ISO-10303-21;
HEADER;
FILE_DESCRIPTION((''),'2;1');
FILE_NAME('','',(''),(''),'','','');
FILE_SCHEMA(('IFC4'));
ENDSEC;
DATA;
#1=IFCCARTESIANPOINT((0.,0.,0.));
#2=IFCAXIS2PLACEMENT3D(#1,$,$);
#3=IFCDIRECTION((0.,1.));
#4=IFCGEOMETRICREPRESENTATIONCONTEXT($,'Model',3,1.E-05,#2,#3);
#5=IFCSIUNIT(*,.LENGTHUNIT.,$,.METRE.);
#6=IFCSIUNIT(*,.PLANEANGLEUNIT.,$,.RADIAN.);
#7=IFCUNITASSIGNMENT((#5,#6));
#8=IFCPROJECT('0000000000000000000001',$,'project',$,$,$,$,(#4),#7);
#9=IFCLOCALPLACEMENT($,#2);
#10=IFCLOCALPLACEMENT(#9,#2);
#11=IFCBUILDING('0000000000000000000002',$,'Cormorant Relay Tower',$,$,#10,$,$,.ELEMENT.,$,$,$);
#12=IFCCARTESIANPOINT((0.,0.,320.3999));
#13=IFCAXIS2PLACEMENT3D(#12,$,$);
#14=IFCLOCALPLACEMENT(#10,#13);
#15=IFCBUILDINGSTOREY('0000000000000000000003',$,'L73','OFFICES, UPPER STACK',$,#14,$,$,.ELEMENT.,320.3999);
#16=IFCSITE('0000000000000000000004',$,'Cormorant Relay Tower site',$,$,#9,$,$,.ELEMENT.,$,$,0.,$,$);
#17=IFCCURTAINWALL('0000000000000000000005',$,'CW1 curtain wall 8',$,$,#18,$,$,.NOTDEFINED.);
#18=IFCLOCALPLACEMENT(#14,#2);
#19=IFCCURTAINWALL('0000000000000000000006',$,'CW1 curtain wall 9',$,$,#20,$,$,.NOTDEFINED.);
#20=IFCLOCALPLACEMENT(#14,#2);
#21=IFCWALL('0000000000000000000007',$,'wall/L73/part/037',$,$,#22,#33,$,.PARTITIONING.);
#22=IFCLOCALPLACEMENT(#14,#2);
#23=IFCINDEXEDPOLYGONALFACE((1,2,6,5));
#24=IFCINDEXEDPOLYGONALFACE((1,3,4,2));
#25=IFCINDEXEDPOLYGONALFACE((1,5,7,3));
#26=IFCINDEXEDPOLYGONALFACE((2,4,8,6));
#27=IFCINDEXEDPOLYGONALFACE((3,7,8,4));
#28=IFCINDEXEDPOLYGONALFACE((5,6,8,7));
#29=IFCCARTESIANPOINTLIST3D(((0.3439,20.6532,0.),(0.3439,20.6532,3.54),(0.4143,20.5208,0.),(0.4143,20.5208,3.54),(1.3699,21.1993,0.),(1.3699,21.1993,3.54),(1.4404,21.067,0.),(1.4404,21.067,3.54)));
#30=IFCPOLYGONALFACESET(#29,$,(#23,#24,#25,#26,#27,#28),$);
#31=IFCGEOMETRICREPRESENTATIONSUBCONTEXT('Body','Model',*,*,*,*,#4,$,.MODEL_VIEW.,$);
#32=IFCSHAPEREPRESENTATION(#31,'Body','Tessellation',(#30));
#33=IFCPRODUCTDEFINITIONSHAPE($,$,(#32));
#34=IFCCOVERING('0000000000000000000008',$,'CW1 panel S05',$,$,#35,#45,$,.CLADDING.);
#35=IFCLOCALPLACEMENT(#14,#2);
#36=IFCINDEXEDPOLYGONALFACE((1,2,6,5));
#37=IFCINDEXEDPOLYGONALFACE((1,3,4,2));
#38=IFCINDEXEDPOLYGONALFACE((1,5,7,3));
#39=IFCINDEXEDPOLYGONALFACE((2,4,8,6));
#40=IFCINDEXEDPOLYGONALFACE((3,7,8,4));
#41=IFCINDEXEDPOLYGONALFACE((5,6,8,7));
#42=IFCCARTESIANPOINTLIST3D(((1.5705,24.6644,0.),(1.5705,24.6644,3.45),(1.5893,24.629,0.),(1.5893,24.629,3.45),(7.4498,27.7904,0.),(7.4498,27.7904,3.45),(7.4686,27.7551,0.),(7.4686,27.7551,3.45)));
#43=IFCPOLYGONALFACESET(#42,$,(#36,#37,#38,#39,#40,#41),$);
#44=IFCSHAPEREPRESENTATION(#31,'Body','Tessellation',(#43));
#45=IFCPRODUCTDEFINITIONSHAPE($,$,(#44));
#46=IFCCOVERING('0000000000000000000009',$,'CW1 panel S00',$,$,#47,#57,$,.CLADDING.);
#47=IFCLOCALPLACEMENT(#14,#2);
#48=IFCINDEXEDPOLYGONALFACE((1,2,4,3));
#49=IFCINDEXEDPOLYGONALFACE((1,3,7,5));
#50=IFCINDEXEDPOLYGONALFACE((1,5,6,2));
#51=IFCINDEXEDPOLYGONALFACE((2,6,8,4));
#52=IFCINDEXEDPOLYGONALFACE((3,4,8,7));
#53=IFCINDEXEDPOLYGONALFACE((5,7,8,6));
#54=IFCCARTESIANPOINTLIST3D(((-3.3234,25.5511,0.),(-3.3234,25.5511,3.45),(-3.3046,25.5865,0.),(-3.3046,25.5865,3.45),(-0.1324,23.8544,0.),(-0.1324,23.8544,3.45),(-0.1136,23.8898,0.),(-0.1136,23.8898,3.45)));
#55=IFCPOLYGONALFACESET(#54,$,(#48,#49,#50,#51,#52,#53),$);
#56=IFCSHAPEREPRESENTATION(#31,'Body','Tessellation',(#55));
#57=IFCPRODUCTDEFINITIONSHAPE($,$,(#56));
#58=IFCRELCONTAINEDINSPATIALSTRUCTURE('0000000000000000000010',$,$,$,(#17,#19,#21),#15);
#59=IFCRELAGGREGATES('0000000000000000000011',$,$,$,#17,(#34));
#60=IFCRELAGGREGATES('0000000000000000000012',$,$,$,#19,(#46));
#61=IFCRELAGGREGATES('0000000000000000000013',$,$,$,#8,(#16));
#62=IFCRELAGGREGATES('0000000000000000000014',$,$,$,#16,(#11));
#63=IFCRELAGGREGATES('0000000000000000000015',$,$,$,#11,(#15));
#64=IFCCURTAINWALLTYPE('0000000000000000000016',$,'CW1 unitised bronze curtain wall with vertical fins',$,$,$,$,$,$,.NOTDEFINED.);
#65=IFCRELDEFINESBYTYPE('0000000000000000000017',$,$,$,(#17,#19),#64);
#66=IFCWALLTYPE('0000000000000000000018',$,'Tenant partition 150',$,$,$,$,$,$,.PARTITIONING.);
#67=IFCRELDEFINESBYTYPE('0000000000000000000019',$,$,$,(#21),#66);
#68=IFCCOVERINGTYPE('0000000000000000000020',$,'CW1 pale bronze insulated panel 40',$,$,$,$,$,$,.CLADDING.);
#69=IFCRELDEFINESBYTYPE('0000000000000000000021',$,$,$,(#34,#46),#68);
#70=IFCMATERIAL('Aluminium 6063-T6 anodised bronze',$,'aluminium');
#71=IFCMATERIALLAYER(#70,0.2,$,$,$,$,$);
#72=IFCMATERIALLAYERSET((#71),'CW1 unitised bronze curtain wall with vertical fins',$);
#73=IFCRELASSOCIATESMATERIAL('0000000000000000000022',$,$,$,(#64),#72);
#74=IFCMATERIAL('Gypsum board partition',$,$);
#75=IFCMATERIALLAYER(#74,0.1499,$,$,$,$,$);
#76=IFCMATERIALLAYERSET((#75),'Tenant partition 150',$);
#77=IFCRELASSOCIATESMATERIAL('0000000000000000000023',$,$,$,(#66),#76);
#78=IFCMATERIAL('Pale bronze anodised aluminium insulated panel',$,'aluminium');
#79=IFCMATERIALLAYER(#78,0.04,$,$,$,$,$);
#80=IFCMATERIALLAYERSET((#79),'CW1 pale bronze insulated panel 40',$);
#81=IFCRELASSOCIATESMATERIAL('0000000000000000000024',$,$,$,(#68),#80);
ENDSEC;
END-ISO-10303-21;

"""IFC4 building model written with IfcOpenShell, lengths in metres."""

from ifc_helpers import new_model, si_unit, direction, frame, frame_2d, origin, origin_2d, place, context, subcontext, project, spatial, rectangle, extrude, material, layer, layer_set, type_object, element, aggregate, save


model = new_model("IFC4")

# Units and contexts
model_context = context("Model", 3, precision=1e-05, world=origin(), true_north=direction((0.0, 1.0)))
body_context = subcontext(model_context, "Body", "Model", "MODEL_VIEW")
ifc_project = project(units=[si_unit("LENGTHUNIT", "METRE"), si_unit("PLANEANGLEUNIT", "RADIAN")], contexts=[model_context])

# Site, building, storey
site_placement = place(None, origin())
site = spatial("IfcSite", under=ifc_project, at=site_placement, Name="Cormorant Relay Tower site", CompositionType="ELEMENT", RefElevation=0.0)
building_placement = place(site_placement, origin())
building = spatial("IfcBuilding", under=site, at=building_placement, Name="Cormorant Relay Tower", CompositionType="ELEMENT")
storey_placement = place(building_placement, frame((0.0, 0.0, 320.3999)))
storey = spatial("IfcBuildingStorey", under=building, at=storey_placement, Name="L73", Description="OFFICES, UPPER STACK", CompositionType="ELEMENT", Elevation=320.3999)

# Curtain wall
ifc_material_1 = material(Name="Aluminium 6063-T6 anodised bronze", Category="aluminium")
ifc_layer_1 = layer(ifc_material_1, 0.2)
ifc_layer_set_1 = layer_set([ifc_layer_1], Name="CW1 unitised bronze curtain wall with vertical fins")
curtain_wall_type = type_object("IfcCurtainWallType", Name="CW1 unitised bronze curtain wall with vertical fins", PredefinedType="NOTDEFINED", material=ifc_layer_set_1)
curtain_wall_1_placement = place(storey_placement, origin())
curtain_wall_1 = element("IfcCurtainWall", 1, at=curtain_wall_1_placement, inside=storey, type_object=curtain_wall_type, Name="CW1 curtain wall 8", PredefinedType="NOTDEFINED")

# Curtain wall
curtain_wall_2_placement = place(storey_placement, origin())
curtain_wall_2 = element("IfcCurtainWall", 2, at=curtain_wall_2_placement, inside=storey, type_object=curtain_wall_type, Name="CW1 curtain wall 9", PredefinedType="NOTDEFINED")

# Wall
ifc_material_2 = material(Name="Gypsum board partition")
ifc_layer_2 = layer(ifc_material_2, 0.1499)
ifc_layer_set_2 = layer_set([ifc_layer_2], Name="Tenant partition 150")
wall_type_1 = type_object("IfcWallType", Name="Tenant partition 150", PredefinedType="PARTITIONING", material=ifc_layer_set_2)
wall_1_placement = place(storey_placement, frame((1.405, 21.1331, 0.0), z_axis=(0.0, 0.0, 1.0), x_axis=(-0.882754, -0.469836, 0.0)))
element("IfcWall", 3, at=wall_1_placement, inside=storey, type_object=wall_type_1, Name="wall/L73/part/037", PredefinedType="PARTITIONING", context=body_context, shape_type="SweptSolid", body=[
    extrude(rectangle(XDim=1.1624, YDim=0.1499, at=frame_2d((0.5811, 0.0))), origin(), (0.0, 0.0, 1.0), 3.54),
])

# Coverings
ifc_material_3 = material(Name="Pale bronze anodised aluminium insulated panel", Category="aluminium")
ifc_layer_3 = layer(ifc_material_3, 0.04)
ifc_layer_set_3 = layer_set([ifc_layer_3], Name="CW1 pale bronze insulated panel 40")
covering_type = type_object("IfcCoveringType", Name="CW1 pale bronze insulated panel 40", PredefinedType="CLADDING", material=ifc_layer_set_3)
covering_1_placement = place(storey_placement, frame((4.5195, 26.2097, 0.0), z_axis=(0.0, 0.0, 1.0), x_axis=(-0.882948, -0.469472, 0.0)))
covering_1 = element("IfcCovering", 4, at=covering_1_placement, type_object=covering_type, Name="CW1 panel S05", PredefinedType="CLADDING", context=body_context, shape_type="SweptSolid", body=[
    extrude(rectangle(XDim=6.6587, YDim=0.04, at=origin_2d()), origin(), (0.0, 0.0, 1.0), 3.45),
])
aggregate(curtain_wall_1, [covering_1])
covering_2_placement = place(storey_placement, frame((-1.7185, 24.7205, 0.0), z_axis=(0.0, 0.0, 1.0), x_axis=(-0.882948, 0.469472, 0.0)))
covering_2 = element("IfcCovering", 5, at=covering_2_placement, type_object=covering_type, Name="CW1 panel S00", PredefinedType="CLADDING", context=body_context, shape_type="SweptSolid", body=[
    extrude(rectangle(XDim=3.614, YDim=0.04, at=origin_2d()), origin(), (0.0, 0.0, 1.0), 3.45),
])
aggregate(curtain_wall_2, [covering_2])

save(model, "model.ifc")
